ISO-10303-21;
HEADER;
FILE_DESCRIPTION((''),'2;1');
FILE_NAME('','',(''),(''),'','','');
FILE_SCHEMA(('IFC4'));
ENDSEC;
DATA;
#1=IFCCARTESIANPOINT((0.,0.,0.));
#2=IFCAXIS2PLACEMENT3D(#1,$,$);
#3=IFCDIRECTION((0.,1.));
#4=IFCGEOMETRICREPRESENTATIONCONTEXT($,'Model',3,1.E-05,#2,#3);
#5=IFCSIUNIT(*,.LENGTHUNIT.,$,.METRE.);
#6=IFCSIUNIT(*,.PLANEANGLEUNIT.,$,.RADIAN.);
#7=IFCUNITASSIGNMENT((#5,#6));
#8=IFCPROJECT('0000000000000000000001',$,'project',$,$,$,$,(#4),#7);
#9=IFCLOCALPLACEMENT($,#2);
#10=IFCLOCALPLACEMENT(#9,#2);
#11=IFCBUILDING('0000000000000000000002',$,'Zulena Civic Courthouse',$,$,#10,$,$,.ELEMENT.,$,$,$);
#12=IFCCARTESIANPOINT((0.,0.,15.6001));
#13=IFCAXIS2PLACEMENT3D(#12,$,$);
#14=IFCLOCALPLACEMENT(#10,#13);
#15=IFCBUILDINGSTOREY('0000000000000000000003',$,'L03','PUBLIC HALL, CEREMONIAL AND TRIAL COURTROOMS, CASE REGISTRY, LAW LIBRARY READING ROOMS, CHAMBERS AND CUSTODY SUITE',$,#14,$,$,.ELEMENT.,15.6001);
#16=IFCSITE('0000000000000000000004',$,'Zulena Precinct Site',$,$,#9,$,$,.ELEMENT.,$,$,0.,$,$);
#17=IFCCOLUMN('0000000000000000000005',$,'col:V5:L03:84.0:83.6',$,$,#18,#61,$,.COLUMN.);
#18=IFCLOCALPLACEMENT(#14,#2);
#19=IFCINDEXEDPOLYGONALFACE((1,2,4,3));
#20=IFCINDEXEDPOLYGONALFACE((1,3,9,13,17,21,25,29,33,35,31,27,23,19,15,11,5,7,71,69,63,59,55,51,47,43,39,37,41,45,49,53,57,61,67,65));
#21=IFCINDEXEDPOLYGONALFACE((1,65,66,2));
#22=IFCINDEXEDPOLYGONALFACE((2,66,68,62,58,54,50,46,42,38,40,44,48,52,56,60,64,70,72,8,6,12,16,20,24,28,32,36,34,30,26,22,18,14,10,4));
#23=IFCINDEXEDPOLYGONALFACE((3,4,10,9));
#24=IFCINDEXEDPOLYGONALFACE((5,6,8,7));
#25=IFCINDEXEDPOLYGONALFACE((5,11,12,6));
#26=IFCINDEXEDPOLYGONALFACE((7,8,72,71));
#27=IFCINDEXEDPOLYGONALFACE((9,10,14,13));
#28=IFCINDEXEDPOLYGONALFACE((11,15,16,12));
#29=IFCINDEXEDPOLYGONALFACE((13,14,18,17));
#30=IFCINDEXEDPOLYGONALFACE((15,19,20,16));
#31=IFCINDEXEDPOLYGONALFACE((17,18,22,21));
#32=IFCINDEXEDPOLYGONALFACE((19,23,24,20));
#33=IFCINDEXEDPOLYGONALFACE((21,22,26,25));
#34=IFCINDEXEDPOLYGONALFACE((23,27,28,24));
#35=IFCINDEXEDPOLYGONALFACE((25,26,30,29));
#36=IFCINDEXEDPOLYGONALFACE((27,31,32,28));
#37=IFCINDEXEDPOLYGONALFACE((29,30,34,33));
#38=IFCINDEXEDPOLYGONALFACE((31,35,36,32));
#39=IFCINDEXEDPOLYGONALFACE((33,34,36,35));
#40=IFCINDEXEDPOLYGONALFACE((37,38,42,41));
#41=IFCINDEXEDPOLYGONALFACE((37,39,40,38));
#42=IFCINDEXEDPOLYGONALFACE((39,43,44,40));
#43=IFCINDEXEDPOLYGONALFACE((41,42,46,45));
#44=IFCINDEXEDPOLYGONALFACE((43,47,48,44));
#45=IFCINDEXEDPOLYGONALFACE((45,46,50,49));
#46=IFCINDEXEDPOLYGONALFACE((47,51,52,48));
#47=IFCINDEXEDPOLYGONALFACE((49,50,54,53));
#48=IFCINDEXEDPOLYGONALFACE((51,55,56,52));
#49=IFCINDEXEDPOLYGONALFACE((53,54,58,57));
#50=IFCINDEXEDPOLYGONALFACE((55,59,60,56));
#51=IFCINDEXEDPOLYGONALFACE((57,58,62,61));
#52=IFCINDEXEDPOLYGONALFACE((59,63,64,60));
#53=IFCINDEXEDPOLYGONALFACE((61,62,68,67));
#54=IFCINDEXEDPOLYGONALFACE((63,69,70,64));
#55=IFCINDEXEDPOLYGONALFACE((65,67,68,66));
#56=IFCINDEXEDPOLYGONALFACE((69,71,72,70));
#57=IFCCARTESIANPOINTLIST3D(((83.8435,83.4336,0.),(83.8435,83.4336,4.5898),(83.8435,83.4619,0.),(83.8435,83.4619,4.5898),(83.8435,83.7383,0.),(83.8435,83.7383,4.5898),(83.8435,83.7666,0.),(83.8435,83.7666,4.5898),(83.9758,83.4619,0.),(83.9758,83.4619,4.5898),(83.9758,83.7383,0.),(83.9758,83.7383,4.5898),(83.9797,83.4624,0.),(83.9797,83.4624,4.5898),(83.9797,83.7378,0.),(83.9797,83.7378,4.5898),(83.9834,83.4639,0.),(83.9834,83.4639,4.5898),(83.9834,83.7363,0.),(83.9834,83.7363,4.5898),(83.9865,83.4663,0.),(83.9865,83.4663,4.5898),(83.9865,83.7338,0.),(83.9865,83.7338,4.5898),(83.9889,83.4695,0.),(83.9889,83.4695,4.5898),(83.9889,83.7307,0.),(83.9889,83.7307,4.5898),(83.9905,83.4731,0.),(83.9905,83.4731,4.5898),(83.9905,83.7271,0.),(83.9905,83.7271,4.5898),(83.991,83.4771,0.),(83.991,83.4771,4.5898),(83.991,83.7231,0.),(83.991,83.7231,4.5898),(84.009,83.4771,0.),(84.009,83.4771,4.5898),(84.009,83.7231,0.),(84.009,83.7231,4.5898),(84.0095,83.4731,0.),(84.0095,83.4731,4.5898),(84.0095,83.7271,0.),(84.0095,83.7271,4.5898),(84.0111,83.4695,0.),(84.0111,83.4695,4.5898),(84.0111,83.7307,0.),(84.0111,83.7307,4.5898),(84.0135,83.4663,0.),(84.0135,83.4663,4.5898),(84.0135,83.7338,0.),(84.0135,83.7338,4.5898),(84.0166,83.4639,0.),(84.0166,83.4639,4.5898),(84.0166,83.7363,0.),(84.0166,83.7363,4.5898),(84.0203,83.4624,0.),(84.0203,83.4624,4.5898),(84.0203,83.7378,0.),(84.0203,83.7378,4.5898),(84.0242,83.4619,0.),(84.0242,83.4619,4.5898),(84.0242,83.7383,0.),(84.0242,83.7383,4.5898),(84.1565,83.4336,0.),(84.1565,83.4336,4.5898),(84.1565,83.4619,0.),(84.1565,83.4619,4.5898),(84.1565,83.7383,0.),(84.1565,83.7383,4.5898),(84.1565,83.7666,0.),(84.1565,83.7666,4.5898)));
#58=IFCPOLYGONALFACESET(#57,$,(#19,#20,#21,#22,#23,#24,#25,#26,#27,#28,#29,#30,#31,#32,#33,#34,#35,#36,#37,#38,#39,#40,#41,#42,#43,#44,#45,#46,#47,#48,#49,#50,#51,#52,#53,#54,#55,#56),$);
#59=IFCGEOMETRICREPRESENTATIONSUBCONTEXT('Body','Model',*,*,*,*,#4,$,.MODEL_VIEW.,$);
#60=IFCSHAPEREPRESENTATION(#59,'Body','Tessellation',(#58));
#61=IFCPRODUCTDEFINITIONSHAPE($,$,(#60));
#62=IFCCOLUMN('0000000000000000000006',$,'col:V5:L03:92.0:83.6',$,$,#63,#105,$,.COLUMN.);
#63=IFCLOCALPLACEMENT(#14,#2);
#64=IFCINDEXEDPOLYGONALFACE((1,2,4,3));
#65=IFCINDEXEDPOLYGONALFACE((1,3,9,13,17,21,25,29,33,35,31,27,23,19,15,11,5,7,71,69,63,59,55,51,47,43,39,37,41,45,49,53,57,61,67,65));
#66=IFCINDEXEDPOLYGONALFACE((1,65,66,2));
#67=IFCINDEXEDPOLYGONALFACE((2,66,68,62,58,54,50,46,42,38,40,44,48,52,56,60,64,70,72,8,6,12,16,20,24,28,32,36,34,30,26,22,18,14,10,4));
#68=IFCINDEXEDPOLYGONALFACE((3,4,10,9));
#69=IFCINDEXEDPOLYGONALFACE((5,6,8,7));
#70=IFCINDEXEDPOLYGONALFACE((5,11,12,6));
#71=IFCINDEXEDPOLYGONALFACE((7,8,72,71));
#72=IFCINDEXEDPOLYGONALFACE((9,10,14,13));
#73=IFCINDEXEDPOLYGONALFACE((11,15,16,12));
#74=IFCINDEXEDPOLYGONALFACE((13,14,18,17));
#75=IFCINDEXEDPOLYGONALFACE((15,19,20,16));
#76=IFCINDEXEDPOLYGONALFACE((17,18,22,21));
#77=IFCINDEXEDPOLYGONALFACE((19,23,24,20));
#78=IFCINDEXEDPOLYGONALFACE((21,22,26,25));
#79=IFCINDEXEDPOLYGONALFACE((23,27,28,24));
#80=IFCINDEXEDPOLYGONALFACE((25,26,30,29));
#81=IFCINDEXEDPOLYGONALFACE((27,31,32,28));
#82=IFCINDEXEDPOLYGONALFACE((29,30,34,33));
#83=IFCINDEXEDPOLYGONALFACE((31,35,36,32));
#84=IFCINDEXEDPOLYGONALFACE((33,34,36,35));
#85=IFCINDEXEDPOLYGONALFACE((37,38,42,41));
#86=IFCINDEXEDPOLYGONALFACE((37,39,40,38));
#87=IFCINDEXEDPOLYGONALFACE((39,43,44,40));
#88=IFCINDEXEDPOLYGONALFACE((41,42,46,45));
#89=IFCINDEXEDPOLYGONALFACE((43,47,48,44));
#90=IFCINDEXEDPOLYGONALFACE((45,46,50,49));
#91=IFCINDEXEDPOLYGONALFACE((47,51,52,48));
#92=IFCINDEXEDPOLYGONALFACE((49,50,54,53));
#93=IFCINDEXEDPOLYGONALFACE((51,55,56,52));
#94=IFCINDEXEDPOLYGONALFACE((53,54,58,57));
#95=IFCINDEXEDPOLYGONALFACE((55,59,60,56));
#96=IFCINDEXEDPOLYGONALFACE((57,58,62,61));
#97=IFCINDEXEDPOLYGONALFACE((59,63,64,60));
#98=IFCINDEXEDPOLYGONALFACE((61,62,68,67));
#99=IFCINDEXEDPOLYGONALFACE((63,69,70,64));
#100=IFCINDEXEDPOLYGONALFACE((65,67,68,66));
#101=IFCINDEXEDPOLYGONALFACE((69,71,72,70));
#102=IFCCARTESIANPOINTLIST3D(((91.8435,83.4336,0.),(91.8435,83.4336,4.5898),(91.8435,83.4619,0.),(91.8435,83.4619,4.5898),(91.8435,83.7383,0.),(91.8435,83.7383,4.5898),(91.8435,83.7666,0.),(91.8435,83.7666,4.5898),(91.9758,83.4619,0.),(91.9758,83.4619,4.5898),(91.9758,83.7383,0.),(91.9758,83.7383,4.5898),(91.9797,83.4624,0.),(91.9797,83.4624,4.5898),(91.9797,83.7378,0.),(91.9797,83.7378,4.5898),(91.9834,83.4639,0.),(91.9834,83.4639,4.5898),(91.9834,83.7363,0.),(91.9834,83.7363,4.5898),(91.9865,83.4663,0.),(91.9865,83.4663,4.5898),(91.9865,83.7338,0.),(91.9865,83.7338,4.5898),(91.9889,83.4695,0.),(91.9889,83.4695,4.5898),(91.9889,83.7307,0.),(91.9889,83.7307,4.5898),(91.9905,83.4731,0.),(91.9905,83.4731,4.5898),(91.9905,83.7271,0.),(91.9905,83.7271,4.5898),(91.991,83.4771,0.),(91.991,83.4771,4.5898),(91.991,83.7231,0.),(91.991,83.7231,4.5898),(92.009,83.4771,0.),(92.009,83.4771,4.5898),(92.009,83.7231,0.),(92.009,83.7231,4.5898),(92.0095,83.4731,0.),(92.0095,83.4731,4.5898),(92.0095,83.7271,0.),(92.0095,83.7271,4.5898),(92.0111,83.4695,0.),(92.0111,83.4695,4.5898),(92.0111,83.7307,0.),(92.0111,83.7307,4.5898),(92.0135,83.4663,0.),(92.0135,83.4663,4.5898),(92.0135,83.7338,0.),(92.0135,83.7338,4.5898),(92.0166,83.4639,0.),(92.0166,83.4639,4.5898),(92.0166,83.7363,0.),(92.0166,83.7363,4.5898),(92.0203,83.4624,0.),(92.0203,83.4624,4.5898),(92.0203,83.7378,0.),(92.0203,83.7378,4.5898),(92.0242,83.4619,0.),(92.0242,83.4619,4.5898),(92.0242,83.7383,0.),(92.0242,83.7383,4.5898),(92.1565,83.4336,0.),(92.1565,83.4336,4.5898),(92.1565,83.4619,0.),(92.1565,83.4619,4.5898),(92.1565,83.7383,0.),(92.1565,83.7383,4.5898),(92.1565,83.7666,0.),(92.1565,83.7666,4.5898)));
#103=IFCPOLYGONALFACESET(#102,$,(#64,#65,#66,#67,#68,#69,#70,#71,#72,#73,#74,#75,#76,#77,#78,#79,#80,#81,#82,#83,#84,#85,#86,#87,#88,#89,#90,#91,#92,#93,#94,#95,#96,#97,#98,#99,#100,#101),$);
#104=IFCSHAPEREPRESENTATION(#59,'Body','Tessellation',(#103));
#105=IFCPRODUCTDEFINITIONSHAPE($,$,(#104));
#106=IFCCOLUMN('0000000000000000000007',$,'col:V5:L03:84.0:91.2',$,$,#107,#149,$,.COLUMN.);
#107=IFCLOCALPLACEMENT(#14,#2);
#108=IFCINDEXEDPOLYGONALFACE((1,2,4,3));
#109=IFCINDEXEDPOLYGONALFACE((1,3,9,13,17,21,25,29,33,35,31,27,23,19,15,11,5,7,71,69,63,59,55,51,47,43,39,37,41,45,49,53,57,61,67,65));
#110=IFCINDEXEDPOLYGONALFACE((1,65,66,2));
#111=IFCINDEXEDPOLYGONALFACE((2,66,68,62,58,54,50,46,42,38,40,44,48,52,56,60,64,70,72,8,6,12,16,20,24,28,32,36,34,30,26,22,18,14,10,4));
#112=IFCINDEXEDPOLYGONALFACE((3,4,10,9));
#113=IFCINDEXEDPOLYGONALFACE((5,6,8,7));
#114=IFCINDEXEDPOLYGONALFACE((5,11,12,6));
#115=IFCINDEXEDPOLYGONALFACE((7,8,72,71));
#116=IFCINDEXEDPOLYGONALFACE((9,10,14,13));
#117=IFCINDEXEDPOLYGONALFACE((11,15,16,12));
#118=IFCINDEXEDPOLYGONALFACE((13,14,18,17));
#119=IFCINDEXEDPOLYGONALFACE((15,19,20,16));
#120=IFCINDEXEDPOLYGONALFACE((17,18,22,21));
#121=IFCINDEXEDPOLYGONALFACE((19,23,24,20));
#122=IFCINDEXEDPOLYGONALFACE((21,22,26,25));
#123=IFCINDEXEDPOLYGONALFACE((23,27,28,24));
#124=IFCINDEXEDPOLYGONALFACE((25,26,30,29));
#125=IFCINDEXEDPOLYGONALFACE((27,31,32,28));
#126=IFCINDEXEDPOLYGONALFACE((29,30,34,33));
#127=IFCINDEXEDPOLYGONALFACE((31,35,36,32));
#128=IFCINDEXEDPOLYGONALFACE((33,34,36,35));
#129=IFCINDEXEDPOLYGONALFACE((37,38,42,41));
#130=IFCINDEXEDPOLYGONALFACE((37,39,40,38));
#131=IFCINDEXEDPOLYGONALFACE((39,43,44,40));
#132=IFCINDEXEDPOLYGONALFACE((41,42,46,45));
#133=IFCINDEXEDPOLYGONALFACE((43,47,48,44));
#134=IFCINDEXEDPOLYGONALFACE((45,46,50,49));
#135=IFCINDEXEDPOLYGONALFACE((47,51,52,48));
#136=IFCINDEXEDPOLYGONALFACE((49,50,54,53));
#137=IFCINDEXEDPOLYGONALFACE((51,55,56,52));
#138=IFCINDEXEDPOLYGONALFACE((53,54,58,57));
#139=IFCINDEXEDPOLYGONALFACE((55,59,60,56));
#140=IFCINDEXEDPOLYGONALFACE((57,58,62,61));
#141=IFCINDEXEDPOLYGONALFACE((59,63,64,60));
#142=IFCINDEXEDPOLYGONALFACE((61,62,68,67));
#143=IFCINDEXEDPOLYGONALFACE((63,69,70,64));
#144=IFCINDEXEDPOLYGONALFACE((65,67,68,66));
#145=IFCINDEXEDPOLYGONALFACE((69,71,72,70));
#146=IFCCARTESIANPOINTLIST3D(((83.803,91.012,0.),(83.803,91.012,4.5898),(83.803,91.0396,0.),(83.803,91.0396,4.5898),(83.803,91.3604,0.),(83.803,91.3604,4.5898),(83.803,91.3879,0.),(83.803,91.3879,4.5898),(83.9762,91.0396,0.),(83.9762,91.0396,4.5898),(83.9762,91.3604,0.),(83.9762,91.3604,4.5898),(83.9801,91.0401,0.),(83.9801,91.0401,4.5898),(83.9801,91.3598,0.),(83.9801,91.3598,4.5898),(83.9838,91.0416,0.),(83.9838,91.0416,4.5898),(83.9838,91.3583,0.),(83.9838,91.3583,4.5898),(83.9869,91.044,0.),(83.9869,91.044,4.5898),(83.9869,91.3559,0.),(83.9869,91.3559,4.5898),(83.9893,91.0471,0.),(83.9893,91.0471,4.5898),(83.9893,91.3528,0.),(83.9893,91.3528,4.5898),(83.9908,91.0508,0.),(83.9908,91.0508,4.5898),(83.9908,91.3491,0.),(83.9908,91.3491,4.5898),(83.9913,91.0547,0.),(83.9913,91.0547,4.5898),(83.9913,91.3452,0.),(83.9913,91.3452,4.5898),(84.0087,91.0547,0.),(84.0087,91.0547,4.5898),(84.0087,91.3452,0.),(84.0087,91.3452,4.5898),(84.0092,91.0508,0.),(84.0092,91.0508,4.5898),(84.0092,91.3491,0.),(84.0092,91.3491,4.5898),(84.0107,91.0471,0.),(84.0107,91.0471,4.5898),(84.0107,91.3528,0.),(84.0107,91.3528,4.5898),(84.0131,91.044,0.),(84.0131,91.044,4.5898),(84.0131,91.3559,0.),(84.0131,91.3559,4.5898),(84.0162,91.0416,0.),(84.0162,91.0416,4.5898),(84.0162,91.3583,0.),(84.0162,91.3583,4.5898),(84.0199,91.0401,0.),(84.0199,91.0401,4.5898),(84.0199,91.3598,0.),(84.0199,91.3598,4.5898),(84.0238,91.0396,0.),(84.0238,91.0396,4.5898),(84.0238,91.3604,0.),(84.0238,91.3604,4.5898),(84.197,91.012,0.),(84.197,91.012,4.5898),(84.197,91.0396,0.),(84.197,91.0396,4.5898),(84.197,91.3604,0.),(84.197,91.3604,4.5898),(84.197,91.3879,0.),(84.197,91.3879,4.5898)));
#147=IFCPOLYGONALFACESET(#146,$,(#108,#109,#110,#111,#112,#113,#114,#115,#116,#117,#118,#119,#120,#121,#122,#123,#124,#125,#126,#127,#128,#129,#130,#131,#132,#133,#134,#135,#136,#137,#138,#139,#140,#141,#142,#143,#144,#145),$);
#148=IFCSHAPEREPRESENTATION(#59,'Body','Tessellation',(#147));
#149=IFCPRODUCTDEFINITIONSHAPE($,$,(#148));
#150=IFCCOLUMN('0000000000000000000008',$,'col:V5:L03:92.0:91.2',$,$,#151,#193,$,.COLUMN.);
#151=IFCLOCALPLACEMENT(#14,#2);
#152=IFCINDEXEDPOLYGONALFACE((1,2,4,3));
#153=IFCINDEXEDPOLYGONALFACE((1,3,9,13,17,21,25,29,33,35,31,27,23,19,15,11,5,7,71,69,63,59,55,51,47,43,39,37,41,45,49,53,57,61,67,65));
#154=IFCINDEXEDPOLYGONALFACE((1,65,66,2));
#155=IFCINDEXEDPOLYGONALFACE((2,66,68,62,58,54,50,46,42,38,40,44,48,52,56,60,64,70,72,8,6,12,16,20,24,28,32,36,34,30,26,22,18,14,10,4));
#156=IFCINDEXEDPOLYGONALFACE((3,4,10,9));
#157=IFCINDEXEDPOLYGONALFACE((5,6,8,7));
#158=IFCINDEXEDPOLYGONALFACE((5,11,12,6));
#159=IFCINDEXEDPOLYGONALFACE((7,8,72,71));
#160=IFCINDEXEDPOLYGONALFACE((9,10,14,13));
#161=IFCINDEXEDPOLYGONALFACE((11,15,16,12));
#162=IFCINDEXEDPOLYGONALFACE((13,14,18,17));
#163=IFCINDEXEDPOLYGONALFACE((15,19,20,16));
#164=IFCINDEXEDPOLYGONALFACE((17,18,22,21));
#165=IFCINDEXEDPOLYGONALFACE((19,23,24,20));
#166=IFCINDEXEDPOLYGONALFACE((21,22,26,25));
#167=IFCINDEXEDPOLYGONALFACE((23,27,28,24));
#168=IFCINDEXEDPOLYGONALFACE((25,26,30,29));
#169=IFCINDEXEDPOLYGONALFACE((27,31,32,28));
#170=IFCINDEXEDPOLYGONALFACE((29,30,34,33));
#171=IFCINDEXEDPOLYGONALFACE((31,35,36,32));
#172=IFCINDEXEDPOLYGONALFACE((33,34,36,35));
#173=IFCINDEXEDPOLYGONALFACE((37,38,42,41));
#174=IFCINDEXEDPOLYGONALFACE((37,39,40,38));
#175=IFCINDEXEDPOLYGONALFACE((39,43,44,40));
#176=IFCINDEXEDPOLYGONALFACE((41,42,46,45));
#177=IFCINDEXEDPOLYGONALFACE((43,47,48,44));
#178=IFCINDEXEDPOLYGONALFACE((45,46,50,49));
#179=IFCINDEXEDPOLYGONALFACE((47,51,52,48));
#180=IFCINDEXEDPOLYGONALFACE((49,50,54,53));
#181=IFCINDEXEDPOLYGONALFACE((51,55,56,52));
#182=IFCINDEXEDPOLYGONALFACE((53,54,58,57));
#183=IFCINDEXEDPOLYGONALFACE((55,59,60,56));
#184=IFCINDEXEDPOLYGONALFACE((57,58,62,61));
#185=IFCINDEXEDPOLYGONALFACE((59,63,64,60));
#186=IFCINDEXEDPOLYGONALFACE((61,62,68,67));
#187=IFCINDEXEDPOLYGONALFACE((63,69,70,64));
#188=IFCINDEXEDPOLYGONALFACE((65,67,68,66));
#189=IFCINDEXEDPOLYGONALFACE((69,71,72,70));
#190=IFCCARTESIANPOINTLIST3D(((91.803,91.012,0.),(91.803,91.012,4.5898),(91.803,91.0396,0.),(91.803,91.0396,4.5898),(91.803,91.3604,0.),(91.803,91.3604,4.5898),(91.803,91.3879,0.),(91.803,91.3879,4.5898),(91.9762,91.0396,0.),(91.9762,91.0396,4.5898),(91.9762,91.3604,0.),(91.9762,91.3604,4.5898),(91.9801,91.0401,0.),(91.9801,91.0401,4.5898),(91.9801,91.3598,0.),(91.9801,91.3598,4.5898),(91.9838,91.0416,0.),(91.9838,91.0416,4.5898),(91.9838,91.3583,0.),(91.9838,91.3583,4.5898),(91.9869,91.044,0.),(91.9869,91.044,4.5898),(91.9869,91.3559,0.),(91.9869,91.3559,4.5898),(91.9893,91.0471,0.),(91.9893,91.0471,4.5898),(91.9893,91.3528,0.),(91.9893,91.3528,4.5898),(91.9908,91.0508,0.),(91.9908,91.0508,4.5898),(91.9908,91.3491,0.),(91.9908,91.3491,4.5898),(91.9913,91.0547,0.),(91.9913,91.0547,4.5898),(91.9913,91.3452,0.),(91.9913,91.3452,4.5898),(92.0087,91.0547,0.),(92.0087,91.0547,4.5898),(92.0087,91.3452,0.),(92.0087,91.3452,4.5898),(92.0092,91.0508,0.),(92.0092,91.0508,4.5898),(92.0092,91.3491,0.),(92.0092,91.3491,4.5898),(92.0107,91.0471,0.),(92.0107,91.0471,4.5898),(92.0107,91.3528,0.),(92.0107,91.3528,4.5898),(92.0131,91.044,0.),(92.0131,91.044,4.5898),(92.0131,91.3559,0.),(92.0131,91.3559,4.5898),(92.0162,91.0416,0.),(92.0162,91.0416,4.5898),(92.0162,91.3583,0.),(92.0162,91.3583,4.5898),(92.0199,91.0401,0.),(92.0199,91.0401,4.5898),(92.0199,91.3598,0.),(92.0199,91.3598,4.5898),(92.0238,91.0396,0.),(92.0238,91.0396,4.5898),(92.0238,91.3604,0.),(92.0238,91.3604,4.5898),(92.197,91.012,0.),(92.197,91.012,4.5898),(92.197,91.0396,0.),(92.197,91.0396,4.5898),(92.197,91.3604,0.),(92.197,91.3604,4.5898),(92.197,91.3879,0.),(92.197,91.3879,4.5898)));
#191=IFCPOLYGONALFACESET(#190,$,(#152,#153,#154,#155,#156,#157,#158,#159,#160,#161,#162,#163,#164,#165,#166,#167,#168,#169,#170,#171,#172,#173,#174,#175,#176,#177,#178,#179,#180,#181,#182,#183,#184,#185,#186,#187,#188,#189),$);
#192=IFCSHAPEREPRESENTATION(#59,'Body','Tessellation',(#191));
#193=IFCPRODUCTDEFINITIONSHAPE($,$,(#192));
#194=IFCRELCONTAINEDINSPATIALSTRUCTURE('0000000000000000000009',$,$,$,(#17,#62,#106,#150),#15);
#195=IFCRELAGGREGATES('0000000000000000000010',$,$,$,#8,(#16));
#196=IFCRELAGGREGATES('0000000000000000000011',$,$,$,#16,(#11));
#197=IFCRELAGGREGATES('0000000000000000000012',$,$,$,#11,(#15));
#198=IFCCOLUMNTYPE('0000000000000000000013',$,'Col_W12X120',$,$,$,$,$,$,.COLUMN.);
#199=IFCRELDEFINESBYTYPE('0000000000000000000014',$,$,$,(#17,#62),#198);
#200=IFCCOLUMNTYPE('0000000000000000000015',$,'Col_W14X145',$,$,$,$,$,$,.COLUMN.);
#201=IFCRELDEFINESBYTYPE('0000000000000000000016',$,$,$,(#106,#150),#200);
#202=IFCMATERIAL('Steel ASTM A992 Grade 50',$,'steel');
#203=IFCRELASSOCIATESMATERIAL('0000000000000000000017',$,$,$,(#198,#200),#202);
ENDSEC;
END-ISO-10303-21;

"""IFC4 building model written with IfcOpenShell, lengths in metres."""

from ifc_helpers import new_model, si_unit, direction, frame, origin, origin_2d, place, context, subcontext, project, spatial, i_section, extrude, material, material_profile, profile_set, type_object, element, save


model = new_model("IFC4")

# Units and contexts
model_context = context("Model", 3, precision=1e-05, world=origin(), true_north=direction((0.0, 1.0)))
body_context = subcontext(model_context, "Body", "Model", "MODEL_VIEW")
ifc_project = project(units=[si_unit("LENGTHUNIT", "METRE"), si_unit("PLANEANGLEUNIT", "RADIAN")], contexts=[model_context])

# Site, building, storey
site_placement = place(None, origin())
site = spatial("IfcSite", under=ifc_project, at=site_placement, Name="Zulena Precinct Site", CompositionType="ELEMENT", RefElevation=0.0)
building_placement = place(site_placement, origin())
building = spatial("IfcBuilding", under=site, at=building_placement, Name="Zulena Civic Courthouse", CompositionType="ELEMENT")
storey_placement = place(building_placement, frame((0.0, 0.0, 15.6001)))
storey = spatial("IfcBuildingStorey", under=building, at=storey_placement, Name="L03", Description="PUBLIC HALL, CEREMONIAL AND TRIAL COURTROOMS, CASE REGISTRY, LAW LIBRARY READING ROOMS, CHAMBERS AND CUSTODY SUITE", CompositionType="ELEMENT", Elevation=15.6001)

# Columns
ifc_material_1 = material(Name="Steel ASTM A992 Grade 50", Category="steel")
ifc_material_profile_1 = material_profile(ifc_material_1, i_section(OverallWidth=0.313, OverallDepth=0.333, WebThickness=0.0181, FlangeThickness=0.0283, FilletRadius=0.0151, at=origin_2d()), Name="W12X120")
ifc_profile_set_1 = profile_set([ifc_material_profile_1], Name="Steel ASTM A992 Grade 50")
column_type_1 = type_object("IfcColumnType", Name="Col_W12X120", PredefinedType="COLUMN", material=ifc_profile_set_1)
for number, where, z_axis, x_axis, name in (
    (1, (84.0, 83.6001, 0.0), (0.0, 0.0, 1.0), (1.0, 0.0, 0.0), "col:V5:L03:84.0:83.6"),
    (2, (92.0, 83.6001, 0.0), (0.0, 0.0, 1.0), (1.0, 0.0, 0.0), "col:V5:L03:92.0:83.6"),
):
    element("IfcColumn", number, at=place(storey_placement, frame(where, z_axis=z_axis, x_axis=x_axis)), inside=storey, type_object=column_type_1, Name=name, PredefinedType="COLUMN", context=body_context, shape_type="SweptSolid", body=[
        extrude(i_section(OverallWidth=0.313, OverallDepth=0.333, WebThickness=0.0181, FlangeThickness=0.0283, FilletRadius=0.0151, at=origin_2d()), origin(), (0.0, 0.0, 1.0), 4.5898),
    ])
ifc_material_profile_2 = material_profile(ifc_material_1, i_section(OverallWidth=0.394, OverallDepth=0.376, WebThickness=0.0173, FlangeThickness=0.0276, FilletRadius=0.0151, at=origin_2d()), Name="W14X145")
ifc_profile_set_2 = profile_set([ifc_material_profile_2], Name="Steel ASTM A992 Grade 50")
column_type_2 = type_object("IfcColumnType", Name="Col_W14X145", PredefinedType="COLUMN", material=ifc_profile_set_2)
for number, where, z_axis, x_axis, name in (
    (3, (84.0, 91.2, 0.0), (0.0, 0.0, 1.0), (1.0, 0.0, 0.0), "col:V5:L03:84.0:91.2"),
    (4, (92.0, 91.2, 0.0), (0.0, 0.0, 1.0), (1.0, 0.0, 0.0), "col:V5:L03:92.0:91.2"),
):
    element("IfcColumn", number, at=place(storey_placement, frame(where, z_axis=z_axis, x_axis=x_axis)), inside=storey, type_object=column_type_2, Name=name, PredefinedType="COLUMN", context=body_context, shape_type="SweptSolid", body=[
        extrude(i_section(OverallWidth=0.394, OverallDepth=0.376, WebThickness=0.0173, FlangeThickness=0.0276, FilletRadius=0.0151, at=origin_2d()), origin(), (0.0, 0.0, 1.0), 4.5898),
    ])

save(model, "model.ifc")
